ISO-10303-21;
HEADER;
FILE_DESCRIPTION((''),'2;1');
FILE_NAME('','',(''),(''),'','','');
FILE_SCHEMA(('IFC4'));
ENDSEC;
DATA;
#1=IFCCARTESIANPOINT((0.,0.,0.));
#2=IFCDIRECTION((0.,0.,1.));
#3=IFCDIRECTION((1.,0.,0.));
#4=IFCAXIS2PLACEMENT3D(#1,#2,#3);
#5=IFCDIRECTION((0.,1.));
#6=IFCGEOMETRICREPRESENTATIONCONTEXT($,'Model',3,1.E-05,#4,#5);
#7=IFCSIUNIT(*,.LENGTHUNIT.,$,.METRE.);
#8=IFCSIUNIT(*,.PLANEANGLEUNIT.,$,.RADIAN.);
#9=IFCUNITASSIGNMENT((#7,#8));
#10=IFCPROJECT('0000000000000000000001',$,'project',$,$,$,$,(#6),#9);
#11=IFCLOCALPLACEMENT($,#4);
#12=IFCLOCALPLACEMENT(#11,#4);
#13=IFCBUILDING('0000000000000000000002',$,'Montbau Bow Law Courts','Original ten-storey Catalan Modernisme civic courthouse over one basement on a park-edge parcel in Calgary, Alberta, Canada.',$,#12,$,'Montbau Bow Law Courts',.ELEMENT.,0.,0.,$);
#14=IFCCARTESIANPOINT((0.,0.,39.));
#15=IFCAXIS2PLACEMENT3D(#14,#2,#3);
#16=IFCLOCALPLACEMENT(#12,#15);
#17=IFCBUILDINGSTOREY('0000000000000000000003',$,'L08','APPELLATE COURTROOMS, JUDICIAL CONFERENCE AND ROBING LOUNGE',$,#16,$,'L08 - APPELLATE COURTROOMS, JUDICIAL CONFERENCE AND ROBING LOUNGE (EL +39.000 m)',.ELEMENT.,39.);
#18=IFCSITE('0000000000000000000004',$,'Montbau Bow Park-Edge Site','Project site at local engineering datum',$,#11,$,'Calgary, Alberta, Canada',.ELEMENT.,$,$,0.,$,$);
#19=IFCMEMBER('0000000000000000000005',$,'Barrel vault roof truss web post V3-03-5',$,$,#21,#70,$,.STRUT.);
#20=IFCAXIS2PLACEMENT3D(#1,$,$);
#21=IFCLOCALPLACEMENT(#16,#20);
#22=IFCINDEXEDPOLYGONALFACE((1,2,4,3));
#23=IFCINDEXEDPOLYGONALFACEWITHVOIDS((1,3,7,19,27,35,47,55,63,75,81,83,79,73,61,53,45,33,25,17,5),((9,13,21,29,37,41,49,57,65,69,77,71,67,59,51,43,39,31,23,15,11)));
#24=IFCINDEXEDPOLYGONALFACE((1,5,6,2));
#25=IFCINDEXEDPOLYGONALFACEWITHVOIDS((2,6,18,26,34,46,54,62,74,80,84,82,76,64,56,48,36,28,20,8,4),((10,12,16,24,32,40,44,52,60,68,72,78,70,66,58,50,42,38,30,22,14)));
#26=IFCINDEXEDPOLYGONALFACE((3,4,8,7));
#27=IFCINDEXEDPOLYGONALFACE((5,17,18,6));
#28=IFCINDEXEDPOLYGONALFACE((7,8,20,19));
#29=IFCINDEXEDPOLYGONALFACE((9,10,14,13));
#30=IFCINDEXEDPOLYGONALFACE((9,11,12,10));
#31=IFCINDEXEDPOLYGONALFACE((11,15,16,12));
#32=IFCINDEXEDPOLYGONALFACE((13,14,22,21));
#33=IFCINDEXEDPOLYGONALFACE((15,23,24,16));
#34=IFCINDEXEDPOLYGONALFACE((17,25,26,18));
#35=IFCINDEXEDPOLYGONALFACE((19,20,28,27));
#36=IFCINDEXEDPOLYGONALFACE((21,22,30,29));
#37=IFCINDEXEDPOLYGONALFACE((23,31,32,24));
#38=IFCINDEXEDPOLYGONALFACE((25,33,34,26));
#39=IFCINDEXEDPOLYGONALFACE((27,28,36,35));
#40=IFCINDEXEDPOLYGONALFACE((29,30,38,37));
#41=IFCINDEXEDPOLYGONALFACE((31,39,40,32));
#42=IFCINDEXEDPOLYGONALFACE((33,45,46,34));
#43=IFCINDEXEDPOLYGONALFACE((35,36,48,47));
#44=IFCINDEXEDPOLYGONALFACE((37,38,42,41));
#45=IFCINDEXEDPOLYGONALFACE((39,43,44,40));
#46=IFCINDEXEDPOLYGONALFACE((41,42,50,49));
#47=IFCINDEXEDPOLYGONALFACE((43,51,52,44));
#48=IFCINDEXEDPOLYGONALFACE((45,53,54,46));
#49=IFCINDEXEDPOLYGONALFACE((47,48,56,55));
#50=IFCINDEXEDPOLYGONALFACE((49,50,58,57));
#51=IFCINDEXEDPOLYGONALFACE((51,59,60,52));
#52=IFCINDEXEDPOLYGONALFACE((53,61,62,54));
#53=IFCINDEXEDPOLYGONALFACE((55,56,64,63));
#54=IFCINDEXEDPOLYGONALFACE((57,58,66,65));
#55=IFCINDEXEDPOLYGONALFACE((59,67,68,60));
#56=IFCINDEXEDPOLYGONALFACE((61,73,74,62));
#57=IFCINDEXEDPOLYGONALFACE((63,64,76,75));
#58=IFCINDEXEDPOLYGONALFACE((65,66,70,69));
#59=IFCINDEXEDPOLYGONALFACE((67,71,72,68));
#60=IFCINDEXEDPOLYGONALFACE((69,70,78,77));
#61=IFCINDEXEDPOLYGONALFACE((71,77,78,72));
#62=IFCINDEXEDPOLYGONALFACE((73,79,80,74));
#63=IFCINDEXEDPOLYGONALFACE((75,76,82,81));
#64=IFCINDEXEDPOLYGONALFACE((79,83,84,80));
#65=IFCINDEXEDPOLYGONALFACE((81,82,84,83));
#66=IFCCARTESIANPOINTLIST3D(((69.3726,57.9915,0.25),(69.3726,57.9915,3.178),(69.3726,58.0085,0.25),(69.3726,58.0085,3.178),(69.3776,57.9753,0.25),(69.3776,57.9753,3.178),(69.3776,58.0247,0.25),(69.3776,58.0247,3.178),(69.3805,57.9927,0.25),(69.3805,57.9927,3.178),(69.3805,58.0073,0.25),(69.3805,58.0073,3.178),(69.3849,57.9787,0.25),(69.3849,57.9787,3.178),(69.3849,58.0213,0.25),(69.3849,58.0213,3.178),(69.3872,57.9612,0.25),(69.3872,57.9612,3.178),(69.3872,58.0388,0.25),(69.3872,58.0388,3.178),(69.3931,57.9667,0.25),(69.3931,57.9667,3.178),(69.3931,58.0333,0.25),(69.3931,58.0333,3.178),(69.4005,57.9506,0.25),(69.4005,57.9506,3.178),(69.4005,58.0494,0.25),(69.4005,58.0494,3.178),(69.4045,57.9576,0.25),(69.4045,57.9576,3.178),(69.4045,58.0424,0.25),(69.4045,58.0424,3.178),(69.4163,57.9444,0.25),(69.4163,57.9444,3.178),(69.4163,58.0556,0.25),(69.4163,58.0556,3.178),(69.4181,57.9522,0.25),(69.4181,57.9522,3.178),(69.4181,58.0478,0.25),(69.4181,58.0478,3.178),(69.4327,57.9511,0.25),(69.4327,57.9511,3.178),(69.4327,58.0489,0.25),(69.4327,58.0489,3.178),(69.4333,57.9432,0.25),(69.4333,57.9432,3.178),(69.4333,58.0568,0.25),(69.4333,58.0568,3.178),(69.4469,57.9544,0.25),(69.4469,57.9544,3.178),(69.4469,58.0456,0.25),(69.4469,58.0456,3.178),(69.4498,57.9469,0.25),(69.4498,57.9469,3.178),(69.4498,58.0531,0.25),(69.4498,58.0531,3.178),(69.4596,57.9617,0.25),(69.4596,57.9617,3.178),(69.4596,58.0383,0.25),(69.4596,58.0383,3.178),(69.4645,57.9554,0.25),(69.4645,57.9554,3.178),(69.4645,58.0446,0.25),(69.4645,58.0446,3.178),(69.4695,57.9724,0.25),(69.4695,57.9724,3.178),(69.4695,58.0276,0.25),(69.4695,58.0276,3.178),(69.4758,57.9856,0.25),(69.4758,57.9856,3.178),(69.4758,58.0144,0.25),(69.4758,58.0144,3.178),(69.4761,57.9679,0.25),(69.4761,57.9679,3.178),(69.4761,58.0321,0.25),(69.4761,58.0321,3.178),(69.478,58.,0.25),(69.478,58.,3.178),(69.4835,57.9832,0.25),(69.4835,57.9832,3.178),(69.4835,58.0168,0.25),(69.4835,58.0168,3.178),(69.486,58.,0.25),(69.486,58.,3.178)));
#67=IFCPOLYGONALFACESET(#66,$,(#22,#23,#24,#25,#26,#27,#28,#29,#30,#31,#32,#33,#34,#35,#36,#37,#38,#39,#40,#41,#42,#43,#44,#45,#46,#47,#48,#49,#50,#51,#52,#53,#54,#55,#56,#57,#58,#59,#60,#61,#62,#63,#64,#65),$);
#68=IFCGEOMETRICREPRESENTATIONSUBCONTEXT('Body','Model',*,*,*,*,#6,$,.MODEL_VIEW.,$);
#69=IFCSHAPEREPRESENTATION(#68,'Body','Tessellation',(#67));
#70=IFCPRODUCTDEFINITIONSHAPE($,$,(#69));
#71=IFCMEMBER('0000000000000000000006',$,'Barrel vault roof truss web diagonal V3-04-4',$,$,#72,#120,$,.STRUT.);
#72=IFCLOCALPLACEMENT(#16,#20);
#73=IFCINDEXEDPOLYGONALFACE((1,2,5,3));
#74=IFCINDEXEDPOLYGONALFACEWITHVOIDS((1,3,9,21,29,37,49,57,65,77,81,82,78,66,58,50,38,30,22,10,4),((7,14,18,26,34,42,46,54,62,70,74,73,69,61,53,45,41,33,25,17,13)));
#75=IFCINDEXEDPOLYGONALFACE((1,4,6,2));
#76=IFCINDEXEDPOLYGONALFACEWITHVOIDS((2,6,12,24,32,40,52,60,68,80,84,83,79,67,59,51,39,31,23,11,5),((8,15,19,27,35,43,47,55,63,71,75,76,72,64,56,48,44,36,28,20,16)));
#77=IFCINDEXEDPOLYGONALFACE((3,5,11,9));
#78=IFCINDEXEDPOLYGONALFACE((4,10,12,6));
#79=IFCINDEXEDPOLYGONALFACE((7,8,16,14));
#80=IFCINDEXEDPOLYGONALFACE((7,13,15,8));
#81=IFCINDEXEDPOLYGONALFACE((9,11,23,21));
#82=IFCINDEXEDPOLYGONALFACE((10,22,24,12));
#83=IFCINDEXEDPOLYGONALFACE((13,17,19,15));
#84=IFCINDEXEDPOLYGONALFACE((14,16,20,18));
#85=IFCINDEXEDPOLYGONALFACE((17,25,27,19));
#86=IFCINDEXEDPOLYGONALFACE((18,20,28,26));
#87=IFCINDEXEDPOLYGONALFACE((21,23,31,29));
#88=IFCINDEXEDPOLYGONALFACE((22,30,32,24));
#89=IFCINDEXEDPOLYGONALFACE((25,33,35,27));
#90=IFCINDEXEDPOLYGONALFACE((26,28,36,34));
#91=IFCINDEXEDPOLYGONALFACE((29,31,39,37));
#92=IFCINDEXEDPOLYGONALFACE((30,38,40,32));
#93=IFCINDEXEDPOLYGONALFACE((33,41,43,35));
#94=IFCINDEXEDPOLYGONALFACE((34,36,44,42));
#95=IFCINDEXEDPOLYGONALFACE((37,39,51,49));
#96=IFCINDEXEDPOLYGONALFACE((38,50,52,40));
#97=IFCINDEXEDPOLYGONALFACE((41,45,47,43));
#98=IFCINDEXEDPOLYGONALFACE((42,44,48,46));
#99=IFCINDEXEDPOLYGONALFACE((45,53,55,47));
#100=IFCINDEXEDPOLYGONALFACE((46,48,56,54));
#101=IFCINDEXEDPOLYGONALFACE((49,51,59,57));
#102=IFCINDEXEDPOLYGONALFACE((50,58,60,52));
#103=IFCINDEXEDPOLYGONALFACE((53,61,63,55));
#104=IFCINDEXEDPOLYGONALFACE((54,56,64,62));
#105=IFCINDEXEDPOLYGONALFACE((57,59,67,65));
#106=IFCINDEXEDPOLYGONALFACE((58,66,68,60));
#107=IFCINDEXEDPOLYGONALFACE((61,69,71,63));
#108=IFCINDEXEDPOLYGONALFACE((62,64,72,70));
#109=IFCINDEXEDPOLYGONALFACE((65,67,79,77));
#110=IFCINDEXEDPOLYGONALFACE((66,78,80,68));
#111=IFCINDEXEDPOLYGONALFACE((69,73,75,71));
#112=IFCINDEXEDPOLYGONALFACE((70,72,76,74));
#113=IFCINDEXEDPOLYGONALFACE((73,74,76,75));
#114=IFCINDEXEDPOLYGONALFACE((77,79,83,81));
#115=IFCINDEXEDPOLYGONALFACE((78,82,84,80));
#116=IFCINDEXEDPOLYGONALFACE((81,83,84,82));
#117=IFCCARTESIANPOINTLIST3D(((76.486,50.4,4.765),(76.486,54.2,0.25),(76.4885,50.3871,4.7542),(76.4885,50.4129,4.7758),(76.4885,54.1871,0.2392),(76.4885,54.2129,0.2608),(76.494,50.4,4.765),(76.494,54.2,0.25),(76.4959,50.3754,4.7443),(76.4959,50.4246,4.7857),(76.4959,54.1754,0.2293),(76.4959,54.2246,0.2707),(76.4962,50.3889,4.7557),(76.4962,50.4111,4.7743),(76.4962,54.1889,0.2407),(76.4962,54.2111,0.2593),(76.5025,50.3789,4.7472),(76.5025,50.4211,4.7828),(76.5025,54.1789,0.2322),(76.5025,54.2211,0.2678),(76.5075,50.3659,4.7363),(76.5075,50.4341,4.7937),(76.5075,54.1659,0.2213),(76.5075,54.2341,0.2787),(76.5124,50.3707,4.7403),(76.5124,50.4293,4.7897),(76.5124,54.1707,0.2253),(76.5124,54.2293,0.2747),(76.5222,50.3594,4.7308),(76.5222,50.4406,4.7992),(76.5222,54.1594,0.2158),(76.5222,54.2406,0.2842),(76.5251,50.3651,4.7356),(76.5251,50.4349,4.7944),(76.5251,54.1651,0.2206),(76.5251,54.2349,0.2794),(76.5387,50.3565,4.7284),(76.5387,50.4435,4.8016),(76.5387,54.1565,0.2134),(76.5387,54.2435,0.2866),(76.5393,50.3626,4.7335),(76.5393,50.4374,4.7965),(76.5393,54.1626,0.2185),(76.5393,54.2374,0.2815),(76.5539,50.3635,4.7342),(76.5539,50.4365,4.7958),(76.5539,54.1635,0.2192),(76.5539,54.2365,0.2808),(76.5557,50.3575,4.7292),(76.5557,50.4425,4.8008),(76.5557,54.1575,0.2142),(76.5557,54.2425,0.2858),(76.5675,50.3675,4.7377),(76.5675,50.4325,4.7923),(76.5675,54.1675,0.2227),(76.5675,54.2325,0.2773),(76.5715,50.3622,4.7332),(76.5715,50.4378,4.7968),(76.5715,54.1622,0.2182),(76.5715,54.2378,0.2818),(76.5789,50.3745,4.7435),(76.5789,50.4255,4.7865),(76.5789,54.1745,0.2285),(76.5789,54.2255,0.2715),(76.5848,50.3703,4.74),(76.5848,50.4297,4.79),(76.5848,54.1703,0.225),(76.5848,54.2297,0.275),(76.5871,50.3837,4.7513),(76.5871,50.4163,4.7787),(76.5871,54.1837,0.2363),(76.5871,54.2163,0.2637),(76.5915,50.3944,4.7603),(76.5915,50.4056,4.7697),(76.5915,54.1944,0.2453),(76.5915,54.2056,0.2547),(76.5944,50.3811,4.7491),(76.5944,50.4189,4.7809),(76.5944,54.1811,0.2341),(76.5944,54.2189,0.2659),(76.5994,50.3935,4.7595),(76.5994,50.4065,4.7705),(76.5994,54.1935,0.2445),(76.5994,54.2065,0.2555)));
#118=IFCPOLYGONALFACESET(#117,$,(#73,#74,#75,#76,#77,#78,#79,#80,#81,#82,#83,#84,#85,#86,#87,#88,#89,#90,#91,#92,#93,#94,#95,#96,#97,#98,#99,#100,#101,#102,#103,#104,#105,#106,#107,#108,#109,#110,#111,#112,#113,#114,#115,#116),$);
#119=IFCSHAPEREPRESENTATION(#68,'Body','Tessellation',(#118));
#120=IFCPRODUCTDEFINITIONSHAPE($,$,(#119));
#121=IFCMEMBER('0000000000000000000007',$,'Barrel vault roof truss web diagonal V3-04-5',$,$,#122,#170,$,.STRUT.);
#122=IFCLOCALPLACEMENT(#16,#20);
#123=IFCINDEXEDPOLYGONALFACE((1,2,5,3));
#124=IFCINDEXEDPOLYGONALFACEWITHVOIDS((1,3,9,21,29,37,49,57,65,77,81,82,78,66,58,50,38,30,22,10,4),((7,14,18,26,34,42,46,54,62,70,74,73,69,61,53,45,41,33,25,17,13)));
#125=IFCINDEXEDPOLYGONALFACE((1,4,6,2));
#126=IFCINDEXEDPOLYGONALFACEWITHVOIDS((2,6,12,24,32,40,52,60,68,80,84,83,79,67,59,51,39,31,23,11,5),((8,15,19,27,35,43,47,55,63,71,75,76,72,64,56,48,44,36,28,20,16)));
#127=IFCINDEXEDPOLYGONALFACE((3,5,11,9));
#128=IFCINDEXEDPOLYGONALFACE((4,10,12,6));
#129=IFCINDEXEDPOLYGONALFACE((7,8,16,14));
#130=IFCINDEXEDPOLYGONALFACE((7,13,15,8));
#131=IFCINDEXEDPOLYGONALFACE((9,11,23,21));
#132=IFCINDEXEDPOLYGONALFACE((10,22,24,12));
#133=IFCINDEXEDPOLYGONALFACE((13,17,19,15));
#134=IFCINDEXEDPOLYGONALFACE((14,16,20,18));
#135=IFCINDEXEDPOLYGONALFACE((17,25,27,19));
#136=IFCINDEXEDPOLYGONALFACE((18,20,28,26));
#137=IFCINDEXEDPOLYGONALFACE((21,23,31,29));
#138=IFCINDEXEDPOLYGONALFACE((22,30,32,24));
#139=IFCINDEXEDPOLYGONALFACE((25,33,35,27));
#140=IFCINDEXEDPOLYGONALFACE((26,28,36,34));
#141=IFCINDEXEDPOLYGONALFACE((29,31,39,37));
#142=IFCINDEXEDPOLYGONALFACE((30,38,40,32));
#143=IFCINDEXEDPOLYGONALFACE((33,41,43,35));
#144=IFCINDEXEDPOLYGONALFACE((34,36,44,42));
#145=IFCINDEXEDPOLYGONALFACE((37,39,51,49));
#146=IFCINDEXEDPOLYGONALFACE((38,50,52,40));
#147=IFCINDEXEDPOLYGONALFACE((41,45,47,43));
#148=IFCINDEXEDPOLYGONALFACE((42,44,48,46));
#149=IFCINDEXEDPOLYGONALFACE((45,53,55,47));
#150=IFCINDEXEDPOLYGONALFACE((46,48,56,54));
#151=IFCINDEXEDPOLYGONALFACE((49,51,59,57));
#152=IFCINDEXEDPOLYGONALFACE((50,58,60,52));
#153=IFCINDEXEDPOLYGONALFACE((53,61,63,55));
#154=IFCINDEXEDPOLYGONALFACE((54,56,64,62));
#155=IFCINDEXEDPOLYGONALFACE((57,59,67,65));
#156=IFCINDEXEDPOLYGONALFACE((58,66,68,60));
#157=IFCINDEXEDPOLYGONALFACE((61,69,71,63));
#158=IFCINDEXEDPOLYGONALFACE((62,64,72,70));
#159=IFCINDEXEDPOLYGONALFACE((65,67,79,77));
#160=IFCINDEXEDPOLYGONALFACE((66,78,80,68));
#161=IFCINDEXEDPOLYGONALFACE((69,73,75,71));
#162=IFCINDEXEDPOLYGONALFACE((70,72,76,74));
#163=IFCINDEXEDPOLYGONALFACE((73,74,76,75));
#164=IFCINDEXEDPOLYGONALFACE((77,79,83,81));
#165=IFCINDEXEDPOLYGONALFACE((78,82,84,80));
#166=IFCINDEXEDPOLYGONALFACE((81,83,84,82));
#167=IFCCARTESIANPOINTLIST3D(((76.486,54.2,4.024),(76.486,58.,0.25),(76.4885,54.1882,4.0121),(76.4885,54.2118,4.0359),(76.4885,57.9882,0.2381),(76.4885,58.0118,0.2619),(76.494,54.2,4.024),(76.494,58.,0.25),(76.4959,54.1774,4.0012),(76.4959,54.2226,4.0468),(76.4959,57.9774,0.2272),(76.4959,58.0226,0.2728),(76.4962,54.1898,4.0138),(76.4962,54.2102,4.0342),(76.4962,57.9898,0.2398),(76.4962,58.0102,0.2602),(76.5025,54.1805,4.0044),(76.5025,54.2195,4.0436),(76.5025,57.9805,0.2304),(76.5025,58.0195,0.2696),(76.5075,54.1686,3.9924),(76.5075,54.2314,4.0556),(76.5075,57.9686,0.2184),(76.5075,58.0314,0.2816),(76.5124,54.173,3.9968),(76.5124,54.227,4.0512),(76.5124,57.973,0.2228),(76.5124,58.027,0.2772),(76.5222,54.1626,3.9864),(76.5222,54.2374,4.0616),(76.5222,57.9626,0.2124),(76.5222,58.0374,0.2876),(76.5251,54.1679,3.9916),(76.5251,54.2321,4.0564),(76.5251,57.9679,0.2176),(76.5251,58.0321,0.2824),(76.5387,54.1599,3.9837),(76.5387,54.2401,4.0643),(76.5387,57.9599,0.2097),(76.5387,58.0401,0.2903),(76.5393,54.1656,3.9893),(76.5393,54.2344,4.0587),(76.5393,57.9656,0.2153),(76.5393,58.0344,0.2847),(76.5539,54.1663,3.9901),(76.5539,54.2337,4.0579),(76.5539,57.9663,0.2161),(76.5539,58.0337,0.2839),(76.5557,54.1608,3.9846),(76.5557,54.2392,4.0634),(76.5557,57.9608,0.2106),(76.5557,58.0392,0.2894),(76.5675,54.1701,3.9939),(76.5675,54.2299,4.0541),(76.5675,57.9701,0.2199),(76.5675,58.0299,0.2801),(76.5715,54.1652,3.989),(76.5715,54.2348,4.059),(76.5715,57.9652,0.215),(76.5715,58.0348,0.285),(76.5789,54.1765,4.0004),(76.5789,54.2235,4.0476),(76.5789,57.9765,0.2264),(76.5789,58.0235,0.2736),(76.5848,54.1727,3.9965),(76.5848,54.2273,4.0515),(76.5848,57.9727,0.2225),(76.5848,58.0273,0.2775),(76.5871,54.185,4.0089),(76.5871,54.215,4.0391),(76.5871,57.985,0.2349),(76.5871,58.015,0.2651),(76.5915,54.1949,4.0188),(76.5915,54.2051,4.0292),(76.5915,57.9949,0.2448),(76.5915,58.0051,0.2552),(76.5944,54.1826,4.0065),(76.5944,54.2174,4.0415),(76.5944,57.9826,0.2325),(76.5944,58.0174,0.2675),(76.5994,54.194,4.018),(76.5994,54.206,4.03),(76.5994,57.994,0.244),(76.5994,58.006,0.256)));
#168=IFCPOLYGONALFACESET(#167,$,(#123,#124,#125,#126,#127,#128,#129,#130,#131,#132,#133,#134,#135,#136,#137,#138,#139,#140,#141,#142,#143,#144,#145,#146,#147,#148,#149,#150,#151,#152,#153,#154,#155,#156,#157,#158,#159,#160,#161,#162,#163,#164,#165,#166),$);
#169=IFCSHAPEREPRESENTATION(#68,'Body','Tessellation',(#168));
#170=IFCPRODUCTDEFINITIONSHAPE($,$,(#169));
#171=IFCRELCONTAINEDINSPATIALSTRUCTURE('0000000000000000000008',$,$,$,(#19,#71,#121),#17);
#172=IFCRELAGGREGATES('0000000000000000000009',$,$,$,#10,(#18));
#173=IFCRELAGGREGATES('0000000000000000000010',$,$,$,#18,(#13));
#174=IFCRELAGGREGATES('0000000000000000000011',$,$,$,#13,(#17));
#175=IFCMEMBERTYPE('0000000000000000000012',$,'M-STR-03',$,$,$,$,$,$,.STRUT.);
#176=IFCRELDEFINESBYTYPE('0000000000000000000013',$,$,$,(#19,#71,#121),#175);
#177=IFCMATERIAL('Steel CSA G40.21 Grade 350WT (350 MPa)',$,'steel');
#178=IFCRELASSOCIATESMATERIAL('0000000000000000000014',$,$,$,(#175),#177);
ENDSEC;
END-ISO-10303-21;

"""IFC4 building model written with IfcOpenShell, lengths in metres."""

from ifc_helpers import new_model, si_unit, direction, frame, origin_with_axes, origin_2d_with_axis, place, context, subcontext, project, spatial, hollow_circle, extrude, material, material_profile, profile_set, type_object, element, save


model = new_model("IFC4")

# Units and contexts
model_context = context("Model", 3, precision=1e-05, world=origin_with_axes(), true_north=direction((0.0, 1.0)))
body_context = subcontext(model_context, "Body", "Model", "MODEL_VIEW")
ifc_project = project(units=[si_unit("LENGTHUNIT", "METRE"), si_unit("PLANEANGLEUNIT", "RADIAN")], contexts=[model_context])

# Site, building, storey
site_placement = place(None, origin_with_axes())
site = spatial("IfcSite", under=ifc_project, at=site_placement, Name="Montbau Bow Park-Edge Site", Description="Project site at local engineering datum", LongName="Calgary, Alberta, Canada", CompositionType="ELEMENT", RefElevation=0.0)
building_placement = place(site_placement, origin_with_axes())
building = spatial("IfcBuilding", under=site, at=building_placement, Name="Montbau Bow Law Courts", Description="Original ten-storey Catalan Modernisme civic courthouse over one basement on a park-edge parcel in Calgary, Alberta, Canada.", LongName="Montbau Bow Law Courts", CompositionType="ELEMENT", ElevationOfRefHeight=0.0, ElevationOfTerrain=0.0)
storey_placement = place(building_placement, frame((0.0, 0.0, 39.0), z_axis=(0.0, 0.0, 1.0), x_axis=(1.0, 0.0, 0.0)))
storey = spatial("IfcBuildingStorey", under=building, at=storey_placement, Name="L08", Description="APPELLATE COURTROOMS, JUDICIAL CONFERENCE AND ROBING LOUNGE", LongName="L08 - APPELLATE COURTROOMS, JUDICIAL CONFERENCE AND ROBING LOUNGE (EL +39.000 m)", CompositionType="ELEMENT", Elevation=39.0)

# Shared definitions
ifc_material_1 = material(Name="Steel CSA G40.21 Grade 350WT (350 MPa)", Category="steel")

# Members
ifc_material_profile_1 = material_profile(ifc_material_1, hollow_circle(Radius=0.057, WallThickness=0.008, at=origin_2d_with_axis()), Name="HSS114X8.0", Category="Main", Priority=0)
ifc_profile_set_1 = profile_set([ifc_material_profile_1], Name="Steel CSA G40.21 Grade 350WT (350 MPa)")
member_type_1 = type_object("IfcMemberType", Name="M-STR-03", PredefinedType="STRUT", material=ifc_profile_set_1)
member_1_placement = place(None, frame((69.429, 58.0, 39.25), z_axis=(0.0, 0.0, 1.0), x_axis=(1.0, 0.0, 0.0)))
element("IfcMember", 1, at=member_1_placement, inside=storey, type_object=member_type_1, Name="Barrel vault roof truss web post V3-03-5", PredefinedType="STRUT", context=body_context, shape_type="SweptSolid", body=[
    extrude(hollow_circle(Radius=0.057, WallThickness=0.008, at=origin_2d_with_axis()), origin_with_axes(), (0.0, 0.0, 1.0), 2.928),
])
member_2_placement = place(None, frame((76.543, 50.4, 43.765), z_axis=(0.0, 0.643927, -0.765087), x_axis=(-1.0, 0.0, 0.0)))
element("IfcMember", 2, at=member_2_placement, inside=storey, type_object=member_type_1, Name="Barrel vault roof truss web diagonal V3-04-4", PredefinedType="STRUT", context=body_context, shape_type="SweptSolid", body=[
    extrude(hollow_circle(Radius=0.057, WallThickness=0.008, at=origin_2d_with_axis()), origin_with_axes(), (0.0, 0.0, 1.0), 5.9013),
])
member_3_placement = place(None, frame((76.543, 54.2, 43.024), z_axis=(0.0, 0.70953, -0.704675), x_axis=(-1.0, 0.0, 0.0)))
element("IfcMember", 3, at=member_3_placement, inside=storey, type_object=member_type_1, Name="Barrel vault roof truss web diagonal V3-04-5", PredefinedType="STRUT", context=body_context, shape_type="SweptSolid", body=[
    extrude(hollow_circle(Radius=0.057, WallThickness=0.008, at=origin_2d_with_axis()), origin_with_axes(), (0.0, 0.0, 1.0), 5.3557),
])

save(model, "model.ifc")
